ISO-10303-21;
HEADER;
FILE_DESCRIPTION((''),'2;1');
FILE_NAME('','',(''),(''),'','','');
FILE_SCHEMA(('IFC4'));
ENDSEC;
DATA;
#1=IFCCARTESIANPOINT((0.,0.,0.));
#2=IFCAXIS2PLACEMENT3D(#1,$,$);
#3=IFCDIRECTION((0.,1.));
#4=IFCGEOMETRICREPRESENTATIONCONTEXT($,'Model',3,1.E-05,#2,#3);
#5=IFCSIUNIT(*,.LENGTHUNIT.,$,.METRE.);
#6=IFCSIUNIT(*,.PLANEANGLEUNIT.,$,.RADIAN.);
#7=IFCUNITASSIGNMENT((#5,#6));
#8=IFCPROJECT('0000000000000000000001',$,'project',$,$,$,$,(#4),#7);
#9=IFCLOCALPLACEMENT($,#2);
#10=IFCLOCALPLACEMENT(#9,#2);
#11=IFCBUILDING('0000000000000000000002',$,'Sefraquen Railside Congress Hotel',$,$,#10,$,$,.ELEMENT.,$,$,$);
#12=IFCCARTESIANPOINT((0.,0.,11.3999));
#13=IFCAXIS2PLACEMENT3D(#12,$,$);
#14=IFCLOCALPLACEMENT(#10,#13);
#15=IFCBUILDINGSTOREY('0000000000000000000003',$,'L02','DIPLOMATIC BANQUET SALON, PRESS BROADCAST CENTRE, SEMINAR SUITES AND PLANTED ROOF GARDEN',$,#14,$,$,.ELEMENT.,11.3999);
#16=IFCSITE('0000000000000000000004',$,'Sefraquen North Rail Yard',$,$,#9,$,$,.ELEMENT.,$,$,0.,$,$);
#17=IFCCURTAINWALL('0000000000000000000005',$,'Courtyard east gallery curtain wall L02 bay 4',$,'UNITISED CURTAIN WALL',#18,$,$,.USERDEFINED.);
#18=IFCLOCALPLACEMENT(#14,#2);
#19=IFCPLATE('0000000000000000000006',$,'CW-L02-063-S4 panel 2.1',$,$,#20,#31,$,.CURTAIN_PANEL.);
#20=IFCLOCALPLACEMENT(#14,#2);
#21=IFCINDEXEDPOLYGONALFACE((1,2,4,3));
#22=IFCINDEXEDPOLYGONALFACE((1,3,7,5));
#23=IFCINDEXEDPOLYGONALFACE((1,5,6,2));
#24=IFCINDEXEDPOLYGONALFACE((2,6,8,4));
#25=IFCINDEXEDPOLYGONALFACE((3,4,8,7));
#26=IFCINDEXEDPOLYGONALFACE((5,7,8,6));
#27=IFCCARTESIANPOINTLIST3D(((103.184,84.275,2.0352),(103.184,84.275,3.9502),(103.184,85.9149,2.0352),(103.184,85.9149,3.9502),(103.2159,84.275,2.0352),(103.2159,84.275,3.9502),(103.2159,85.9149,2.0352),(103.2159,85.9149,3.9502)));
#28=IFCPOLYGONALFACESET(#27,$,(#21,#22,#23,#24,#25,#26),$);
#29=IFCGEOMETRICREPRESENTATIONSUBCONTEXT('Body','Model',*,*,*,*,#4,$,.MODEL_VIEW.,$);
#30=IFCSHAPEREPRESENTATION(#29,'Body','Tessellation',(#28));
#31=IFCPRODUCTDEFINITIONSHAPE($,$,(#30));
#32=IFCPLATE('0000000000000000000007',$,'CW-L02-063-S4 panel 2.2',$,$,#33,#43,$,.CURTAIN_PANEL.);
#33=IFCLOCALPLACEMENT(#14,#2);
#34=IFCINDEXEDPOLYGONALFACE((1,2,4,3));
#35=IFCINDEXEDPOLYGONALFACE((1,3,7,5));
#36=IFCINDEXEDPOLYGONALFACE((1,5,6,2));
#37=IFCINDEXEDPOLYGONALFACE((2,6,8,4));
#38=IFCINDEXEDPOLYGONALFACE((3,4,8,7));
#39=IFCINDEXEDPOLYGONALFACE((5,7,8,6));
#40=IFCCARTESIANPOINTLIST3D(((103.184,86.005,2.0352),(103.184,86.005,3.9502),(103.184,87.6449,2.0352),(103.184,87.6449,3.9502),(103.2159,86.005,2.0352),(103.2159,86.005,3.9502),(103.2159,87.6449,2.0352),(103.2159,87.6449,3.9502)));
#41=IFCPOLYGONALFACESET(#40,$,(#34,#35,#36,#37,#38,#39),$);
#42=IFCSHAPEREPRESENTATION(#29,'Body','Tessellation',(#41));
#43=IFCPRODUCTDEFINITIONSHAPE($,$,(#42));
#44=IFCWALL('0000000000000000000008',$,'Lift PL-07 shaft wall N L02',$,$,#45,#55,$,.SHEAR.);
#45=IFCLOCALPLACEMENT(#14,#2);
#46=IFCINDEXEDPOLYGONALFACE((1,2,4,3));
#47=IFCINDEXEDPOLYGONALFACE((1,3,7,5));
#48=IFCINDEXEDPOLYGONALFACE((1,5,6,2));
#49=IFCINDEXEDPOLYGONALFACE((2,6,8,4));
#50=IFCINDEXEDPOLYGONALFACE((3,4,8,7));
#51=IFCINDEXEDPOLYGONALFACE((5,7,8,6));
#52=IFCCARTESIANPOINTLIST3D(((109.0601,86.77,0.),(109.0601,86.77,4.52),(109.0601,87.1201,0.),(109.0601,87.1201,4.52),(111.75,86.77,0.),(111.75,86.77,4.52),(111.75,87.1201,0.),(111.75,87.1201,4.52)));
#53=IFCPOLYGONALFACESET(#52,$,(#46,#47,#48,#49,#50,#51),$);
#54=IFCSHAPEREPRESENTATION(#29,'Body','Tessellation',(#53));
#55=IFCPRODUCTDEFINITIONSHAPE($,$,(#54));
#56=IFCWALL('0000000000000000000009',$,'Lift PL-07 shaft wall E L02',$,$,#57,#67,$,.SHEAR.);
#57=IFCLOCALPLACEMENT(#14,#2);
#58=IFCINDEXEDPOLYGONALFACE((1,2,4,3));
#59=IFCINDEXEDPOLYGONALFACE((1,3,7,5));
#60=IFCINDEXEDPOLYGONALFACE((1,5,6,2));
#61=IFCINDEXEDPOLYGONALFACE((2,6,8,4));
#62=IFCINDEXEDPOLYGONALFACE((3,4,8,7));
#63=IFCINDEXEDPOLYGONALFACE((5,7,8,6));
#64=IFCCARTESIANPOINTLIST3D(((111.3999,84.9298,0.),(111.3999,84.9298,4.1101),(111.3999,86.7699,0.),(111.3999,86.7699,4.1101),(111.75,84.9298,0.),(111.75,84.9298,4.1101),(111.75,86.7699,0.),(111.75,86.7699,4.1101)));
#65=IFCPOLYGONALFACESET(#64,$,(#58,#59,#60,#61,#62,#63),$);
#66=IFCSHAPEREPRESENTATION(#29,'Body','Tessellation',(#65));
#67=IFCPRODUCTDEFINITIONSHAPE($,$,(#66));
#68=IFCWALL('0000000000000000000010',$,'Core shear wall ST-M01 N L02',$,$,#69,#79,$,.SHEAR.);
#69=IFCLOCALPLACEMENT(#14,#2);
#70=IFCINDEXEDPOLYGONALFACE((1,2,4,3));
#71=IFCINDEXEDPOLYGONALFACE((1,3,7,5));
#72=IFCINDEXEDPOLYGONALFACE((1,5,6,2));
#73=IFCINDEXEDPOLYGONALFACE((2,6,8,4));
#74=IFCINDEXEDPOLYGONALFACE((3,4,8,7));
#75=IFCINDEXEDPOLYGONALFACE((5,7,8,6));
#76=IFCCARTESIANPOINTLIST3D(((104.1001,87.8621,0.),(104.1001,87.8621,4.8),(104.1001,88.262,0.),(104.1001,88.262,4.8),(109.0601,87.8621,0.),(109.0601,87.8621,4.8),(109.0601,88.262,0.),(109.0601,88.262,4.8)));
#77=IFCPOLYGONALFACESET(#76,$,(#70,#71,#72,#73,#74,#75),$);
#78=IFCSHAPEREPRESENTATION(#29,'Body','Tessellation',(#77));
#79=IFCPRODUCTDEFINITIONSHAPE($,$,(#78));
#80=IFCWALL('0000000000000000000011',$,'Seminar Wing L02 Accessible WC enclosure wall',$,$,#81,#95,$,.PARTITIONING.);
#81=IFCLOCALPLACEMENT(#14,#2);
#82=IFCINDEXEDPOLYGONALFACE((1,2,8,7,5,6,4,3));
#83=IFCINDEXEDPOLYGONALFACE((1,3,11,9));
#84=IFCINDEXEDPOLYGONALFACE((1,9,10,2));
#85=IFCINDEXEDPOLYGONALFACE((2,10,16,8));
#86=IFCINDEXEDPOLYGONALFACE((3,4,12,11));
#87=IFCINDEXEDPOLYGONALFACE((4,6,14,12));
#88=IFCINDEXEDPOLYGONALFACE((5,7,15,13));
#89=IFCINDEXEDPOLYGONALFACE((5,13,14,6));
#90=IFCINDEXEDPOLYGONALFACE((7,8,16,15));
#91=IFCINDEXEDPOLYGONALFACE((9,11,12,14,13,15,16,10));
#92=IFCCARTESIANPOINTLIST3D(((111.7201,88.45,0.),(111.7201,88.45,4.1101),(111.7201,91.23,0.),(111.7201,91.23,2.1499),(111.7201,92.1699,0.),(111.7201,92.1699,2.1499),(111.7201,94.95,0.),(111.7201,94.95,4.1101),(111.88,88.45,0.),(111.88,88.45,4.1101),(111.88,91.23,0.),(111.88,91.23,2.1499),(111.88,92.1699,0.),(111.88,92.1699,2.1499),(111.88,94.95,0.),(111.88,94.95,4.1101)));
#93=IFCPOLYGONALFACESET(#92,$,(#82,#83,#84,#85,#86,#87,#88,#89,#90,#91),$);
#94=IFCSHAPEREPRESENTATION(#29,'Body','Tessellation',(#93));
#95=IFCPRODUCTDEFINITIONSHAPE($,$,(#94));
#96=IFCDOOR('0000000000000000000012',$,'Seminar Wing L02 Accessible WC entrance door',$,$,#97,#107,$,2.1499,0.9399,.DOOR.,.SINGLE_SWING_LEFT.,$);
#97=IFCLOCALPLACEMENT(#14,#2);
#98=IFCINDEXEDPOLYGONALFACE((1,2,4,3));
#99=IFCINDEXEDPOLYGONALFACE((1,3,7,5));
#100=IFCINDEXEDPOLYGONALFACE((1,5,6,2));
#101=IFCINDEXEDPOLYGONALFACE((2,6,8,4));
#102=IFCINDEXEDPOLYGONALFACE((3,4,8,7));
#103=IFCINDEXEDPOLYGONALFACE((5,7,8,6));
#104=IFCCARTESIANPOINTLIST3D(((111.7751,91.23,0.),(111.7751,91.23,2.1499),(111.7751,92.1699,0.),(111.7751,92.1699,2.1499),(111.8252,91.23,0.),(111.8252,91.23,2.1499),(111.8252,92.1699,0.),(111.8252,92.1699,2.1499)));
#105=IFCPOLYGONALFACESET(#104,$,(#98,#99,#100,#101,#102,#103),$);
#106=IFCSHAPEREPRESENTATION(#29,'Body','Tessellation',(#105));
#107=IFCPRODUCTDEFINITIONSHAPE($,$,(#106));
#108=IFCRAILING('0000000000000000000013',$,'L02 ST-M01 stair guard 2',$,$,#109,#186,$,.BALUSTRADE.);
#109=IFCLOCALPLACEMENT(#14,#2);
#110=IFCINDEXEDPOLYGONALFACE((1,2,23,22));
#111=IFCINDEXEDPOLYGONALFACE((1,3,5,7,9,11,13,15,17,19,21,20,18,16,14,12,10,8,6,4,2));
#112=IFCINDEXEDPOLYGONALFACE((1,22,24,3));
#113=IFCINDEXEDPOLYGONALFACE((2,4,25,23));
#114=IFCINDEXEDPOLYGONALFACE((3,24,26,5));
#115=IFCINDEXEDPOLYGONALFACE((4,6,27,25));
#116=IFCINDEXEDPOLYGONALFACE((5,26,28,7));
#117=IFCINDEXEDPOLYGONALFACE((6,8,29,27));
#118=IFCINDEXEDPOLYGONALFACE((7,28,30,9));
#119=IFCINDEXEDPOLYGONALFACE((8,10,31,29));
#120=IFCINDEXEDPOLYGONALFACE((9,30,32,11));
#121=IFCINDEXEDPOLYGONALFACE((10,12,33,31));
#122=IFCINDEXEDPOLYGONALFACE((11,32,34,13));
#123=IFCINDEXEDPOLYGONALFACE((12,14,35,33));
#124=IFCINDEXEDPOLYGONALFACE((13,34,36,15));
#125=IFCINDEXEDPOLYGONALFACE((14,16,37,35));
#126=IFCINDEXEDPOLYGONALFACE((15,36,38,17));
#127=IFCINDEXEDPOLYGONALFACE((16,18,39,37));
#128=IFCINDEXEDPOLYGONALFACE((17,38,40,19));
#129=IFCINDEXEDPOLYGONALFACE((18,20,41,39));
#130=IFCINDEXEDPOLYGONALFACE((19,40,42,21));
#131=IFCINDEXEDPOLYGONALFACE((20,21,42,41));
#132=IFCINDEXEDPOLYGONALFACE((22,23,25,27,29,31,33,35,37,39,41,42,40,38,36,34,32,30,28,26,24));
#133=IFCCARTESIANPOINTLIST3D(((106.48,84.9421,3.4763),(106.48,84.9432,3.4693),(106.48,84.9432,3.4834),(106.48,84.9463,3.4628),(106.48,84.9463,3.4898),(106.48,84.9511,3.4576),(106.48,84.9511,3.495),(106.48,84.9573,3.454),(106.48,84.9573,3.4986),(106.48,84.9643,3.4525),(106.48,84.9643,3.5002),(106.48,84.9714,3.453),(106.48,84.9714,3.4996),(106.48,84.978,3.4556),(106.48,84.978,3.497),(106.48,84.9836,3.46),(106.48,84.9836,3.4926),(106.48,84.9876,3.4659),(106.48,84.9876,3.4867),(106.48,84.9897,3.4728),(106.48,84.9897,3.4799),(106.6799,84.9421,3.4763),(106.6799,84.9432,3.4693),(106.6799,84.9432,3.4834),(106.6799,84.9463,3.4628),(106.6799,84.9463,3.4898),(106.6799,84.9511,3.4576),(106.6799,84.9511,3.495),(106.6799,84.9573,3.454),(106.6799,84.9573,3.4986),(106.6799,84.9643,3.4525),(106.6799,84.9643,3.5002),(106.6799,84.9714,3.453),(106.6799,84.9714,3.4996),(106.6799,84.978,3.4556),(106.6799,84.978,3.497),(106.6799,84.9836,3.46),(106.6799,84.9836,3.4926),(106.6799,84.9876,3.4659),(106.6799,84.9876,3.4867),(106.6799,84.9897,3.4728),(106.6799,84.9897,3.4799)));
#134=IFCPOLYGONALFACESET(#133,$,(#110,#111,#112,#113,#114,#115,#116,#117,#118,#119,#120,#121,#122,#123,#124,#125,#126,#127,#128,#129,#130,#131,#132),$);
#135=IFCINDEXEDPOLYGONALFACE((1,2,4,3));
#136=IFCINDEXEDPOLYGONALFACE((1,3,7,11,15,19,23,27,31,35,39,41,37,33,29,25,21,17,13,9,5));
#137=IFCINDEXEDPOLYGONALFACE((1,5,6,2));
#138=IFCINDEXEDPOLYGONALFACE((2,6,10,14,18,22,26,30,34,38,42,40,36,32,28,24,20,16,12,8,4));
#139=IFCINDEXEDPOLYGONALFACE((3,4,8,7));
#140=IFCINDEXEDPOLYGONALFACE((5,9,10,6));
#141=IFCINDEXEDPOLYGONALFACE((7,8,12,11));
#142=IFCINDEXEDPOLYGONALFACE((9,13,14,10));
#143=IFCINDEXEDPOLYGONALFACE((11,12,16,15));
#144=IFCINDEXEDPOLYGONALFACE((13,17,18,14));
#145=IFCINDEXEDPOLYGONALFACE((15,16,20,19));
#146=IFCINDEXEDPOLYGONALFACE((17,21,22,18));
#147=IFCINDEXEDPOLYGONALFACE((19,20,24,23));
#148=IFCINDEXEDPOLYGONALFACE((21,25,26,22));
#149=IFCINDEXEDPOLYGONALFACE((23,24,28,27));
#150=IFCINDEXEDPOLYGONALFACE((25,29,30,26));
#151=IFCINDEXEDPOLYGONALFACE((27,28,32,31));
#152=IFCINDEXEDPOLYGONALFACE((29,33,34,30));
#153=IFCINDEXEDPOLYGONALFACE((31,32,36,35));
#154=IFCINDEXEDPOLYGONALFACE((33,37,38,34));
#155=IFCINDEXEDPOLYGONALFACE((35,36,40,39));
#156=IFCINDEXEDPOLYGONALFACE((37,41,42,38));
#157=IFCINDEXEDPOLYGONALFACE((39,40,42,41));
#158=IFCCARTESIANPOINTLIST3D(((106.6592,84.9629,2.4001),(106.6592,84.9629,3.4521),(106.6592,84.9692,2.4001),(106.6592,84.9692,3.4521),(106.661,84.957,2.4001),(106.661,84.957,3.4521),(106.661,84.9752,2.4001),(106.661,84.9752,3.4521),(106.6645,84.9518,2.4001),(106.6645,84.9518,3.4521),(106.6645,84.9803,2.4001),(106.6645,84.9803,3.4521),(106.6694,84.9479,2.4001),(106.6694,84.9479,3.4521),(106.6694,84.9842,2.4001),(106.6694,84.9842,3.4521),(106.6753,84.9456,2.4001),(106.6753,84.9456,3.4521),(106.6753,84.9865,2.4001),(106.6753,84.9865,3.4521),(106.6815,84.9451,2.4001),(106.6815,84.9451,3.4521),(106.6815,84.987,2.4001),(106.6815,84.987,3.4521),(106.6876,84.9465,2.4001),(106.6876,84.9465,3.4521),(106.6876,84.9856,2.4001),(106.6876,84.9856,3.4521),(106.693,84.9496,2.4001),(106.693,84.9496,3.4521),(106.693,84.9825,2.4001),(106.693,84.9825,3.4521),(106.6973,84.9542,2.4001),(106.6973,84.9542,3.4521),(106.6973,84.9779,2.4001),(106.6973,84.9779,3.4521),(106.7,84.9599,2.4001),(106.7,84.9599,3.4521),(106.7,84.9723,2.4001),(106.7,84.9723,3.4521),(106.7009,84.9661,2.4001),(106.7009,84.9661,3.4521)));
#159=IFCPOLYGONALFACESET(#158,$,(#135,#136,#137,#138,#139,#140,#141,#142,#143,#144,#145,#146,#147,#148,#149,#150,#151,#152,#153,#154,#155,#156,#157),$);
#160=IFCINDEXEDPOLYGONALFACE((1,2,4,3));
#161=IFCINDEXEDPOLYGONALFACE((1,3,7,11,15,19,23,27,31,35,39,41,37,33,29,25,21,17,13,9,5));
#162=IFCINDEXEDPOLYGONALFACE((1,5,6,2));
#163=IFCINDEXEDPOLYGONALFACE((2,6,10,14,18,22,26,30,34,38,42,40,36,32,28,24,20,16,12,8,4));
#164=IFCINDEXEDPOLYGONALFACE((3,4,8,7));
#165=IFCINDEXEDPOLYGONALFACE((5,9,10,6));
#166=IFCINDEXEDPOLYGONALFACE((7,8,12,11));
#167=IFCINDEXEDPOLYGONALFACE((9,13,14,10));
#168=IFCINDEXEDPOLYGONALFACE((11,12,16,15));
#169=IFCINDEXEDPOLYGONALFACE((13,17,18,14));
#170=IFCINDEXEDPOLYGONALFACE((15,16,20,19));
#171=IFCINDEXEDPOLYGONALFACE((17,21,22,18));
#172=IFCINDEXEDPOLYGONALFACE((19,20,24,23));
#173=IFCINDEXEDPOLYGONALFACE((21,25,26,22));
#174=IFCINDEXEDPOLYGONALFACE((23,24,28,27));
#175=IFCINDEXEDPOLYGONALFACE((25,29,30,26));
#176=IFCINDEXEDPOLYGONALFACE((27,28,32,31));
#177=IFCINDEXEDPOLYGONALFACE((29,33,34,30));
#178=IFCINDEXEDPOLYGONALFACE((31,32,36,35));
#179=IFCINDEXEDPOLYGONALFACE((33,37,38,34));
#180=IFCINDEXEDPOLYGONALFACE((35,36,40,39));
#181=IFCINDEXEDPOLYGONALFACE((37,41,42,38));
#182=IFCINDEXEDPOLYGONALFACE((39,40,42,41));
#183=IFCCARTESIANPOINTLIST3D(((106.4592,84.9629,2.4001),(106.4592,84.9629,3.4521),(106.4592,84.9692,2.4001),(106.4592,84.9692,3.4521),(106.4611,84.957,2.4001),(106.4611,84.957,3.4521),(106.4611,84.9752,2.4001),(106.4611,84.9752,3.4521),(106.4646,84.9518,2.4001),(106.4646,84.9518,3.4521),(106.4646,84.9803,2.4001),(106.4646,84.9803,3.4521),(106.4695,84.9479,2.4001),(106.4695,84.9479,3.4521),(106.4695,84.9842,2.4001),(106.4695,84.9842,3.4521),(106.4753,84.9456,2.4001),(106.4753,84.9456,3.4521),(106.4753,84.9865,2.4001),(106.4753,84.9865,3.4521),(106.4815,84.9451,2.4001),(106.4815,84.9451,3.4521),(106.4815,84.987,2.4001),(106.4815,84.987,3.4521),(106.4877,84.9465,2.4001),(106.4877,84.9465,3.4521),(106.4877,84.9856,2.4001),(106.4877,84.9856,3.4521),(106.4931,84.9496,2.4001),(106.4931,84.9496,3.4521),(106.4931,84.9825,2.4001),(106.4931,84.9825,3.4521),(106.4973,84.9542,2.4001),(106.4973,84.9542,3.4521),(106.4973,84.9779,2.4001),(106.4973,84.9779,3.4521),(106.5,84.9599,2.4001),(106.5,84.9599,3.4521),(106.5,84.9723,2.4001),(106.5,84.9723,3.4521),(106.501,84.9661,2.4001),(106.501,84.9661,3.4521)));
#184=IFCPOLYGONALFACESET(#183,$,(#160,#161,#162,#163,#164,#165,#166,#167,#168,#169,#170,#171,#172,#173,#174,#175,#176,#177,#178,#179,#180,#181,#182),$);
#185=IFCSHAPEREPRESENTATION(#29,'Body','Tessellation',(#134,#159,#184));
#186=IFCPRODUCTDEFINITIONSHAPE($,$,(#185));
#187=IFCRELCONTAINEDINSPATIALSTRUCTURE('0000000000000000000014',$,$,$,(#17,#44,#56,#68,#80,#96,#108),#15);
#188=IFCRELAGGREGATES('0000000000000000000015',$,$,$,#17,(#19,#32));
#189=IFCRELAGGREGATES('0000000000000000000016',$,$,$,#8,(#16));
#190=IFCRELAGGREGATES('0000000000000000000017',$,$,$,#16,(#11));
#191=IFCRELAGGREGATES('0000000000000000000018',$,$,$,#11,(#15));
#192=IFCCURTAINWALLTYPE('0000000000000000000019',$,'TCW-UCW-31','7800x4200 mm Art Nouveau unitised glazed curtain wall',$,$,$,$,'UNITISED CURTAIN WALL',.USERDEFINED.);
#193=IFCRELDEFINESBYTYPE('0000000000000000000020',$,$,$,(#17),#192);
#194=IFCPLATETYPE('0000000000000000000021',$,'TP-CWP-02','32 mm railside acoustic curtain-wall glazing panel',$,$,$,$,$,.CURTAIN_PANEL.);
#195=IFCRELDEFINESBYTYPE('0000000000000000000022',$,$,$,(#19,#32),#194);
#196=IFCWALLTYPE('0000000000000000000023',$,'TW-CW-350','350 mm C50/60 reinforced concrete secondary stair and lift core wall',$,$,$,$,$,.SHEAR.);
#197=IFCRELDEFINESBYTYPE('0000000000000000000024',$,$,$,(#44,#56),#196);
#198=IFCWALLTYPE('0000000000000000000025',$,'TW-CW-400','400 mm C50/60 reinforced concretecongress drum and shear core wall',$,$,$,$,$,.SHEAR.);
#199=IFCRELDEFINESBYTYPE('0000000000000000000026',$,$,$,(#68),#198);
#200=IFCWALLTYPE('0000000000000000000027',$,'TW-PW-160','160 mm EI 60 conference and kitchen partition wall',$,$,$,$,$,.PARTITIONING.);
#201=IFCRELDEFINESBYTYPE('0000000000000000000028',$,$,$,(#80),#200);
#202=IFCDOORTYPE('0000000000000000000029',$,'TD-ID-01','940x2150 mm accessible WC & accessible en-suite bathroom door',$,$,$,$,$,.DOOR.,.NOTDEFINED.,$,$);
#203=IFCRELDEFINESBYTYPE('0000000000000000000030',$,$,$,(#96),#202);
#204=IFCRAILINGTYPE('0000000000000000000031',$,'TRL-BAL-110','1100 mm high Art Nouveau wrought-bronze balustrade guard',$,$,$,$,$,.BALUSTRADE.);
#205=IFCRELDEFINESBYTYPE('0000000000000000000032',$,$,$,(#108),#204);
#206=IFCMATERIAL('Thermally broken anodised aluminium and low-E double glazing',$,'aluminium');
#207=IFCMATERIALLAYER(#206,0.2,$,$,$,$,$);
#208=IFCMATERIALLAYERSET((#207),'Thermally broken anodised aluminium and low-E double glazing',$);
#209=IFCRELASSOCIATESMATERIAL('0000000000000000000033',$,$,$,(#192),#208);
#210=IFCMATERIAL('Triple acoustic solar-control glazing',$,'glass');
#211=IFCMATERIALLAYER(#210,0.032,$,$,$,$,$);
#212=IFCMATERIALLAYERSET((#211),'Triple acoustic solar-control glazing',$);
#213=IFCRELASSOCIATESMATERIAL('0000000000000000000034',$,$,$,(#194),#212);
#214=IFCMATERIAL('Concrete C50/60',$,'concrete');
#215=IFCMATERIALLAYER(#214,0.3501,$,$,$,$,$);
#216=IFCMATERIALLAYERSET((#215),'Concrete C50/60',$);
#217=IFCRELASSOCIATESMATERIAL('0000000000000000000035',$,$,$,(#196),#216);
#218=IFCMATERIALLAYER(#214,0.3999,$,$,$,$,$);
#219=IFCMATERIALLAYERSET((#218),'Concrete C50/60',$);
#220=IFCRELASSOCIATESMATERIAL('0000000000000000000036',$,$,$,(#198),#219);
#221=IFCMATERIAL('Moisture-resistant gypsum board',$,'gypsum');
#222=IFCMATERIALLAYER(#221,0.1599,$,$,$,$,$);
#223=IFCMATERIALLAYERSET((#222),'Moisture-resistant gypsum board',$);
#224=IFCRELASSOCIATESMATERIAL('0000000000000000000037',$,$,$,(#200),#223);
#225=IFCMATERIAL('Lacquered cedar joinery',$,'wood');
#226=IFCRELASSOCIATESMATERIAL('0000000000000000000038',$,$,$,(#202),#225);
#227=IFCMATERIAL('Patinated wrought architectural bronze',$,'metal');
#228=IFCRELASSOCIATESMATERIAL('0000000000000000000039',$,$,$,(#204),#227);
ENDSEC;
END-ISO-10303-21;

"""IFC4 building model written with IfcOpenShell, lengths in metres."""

from ifc_helpers import new_model, si_unit, direction, frame, frame_2d, origin, origin_2d, place, context, subcontext, project, spatial, rectangle, circle, extrude, material, layer, layer_set, type_object, element, fill, aggregate, save


model = new_model("IFC4")

# Units and contexts
model_context = context("Model", 3, precision=1e-05, world=origin(), true_north=direction((0.0, 1.0)))
body_context = subcontext(model_context, "Body", "Model", "MODEL_VIEW")
ifc_project = project(units=[si_unit("LENGTHUNIT", "METRE"), si_unit("PLANEANGLEUNIT", "RADIAN")], contexts=[model_context])

# Site, building, storey
site_placement = place(None, origin())
site = spatial("IfcSite", under=ifc_project, at=site_placement, Name="Sefraquen North Rail Yard", CompositionType="ELEMENT", RefElevation=0.0)
building_placement = place(site_placement, origin())
building = spatial("IfcBuilding", under=site, at=building_placement, Name="Sefraquen Railside Congress Hotel", CompositionType="ELEMENT")
storey_placement = place(building_placement, frame((0.0, 0.0, 11.3999)))
storey = spatial("IfcBuildingStorey", under=building, at=storey_placement, Name="L02", Description="DIPLOMATIC BANQUET SALON, PRESS BROADCAST CENTRE, SEMINAR SUITES AND PLANTED ROOF GARDEN", CompositionType="ELEMENT", Elevation=11.3999)

# Curtain wall, plates
ifc_material_1 = material(Name="Thermally broken anodised aluminium and low-E double glazing", Category="aluminium")
ifc_layer_1 = layer(ifc_material_1, 0.2)
ifc_layer_set_1 = layer_set([ifc_layer_1], Name="Thermally broken anodised aluminium and low-E double glazing")
curtain_wall_type = type_object("IfcCurtainWallType", Name="TCW-UCW-31", Description="7800x4200 mm Art Nouveau unitised glazed curtain wall", ElementType="UNITISED CURTAIN WALL", PredefinedType="USERDEFINED", material=ifc_layer_set_1)
curtain_wall_placement = place(storey_placement, origin())
curtain_wall = element("IfcCurtainWall", 1, at=curtain_wall_placement, inside=storey, type_object=curtain_wall_type, Name="Courtyard east gallery curtain wall L02 bay 4", ObjectType="UNITISED CURTAIN WALL", PredefinedType="USERDEFINED")
ifc_material_2 = material(Name="Triple acoustic solar-control glazing", Category="glass")
ifc_layer_2 = layer(ifc_material_2, 0.032)
ifc_layer_set_2 = layer_set([ifc_layer_2], Name="Triple acoustic solar-control glazing")
plate_type_1 = type_object("IfcPlateType", Name="TP-CWP-02", Description="32 mm railside acoustic curtain-wall glazing panel", PredefinedType="CURTAIN_PANEL", material=ifc_layer_set_2)
plate_1_placement = place(storey_placement, frame((103.2, 85.095, 2.0352), z_axis=(0.0, 0.0, 1.0), x_axis=(0.0, 1.0, 0.0)))
plate_1 = element("IfcPlate", 2, at=plate_1_placement, type_object=plate_type_1, Name="CW-L02-063-S4 panel 2.1", PredefinedType="CURTAIN_PANEL", context=body_context, shape_type="SweptSolid", body=[
    extrude(rectangle(XDim=1.6399, YDim=0.032, at=origin_2d()), origin(), (0.0, 0.0, 1.0), 1.915),
])
plate_2_placement = place(storey_placement, frame((103.2, 86.825, 2.0352), z_axis=(0.0, 0.0, 1.0), x_axis=(0.0, 1.0, 0.0)))
plate_2 = element("IfcPlate", 3, at=plate_2_placement, type_object=plate_type_1, Name="CW-L02-063-S4 panel 2.2", PredefinedType="CURTAIN_PANEL", context=body_context, shape_type="SweptSolid", body=[
    extrude(rectangle(XDim=1.6399, YDim=0.032, at=origin_2d()), origin(), (0.0, 0.0, 1.0), 1.915),
])
aggregate(curtain_wall, [plate_1, plate_2])

# Walls
ifc_material_3 = material(Name="Concrete C50/60", Category="concrete")
ifc_layer_3 = layer(ifc_material_3, 0.3501)
ifc_layer_set_3 = layer_set([ifc_layer_3], Name="Concrete C50/60")
wall_type_1 = type_object("IfcWallType", Name="TW-CW-350", Description="350 mm C50/60 reinforced concrete secondary stair and lift core wall", PredefinedType="SHEAR", material=ifc_layer_set_3)
wall_1_placement = place(storey_placement, frame((109.0601, 86.9451, 0.0), z_axis=(0.0, 0.0, 1.0), x_axis=(1.0, 0.0, 0.0)))
element("IfcWall", 4, at=wall_1_placement, inside=storey, type_object=wall_type_1, Name="Lift PL-07 shaft wall N L02", PredefinedType="SHEAR", context=body_context, shape_type="SweptSolid", body=[
    extrude(rectangle(XDim=2.6899, YDim=0.3501, at=frame_2d((1.345, 0.0))), origin(), (0.0, 0.0, 1.0), 4.52),
])
wall_2_placement = place(storey_placement, frame((111.575, 84.9299, 0.0), z_axis=(0.0, 0.0, 1.0), x_axis=(0.0, 1.0, 0.0)))
element("IfcWall", 5, at=wall_2_placement, inside=storey, type_object=wall_type_1, Name="Lift PL-07 shaft wall E L02", PredefinedType="SHEAR", context=body_context, shape_type="SweptSolid", body=[
    extrude(rectangle(XDim=1.8401, YDim=0.3501, at=frame_2d((0.9199, 0.0))), origin(), (0.0, 0.0, 1.0), 4.1101),
])
ifc_layer_4 = layer(ifc_material_3, 0.3999)
ifc_layer_set_4 = layer_set([ifc_layer_4], Name="Concrete C50/60")
wall_type_2 = type_object("IfcWallType", Name="TW-CW-400", Description="400 mm C50/60 reinforced concretecongress drum and shear core wall", PredefinedType="SHEAR", material=ifc_layer_set_4)
wall_3_placement = place(storey_placement, frame((104.1001, 88.062, 0.0), z_axis=(0.0, 0.0, 1.0), x_axis=(1.0, 0.0, 0.0)))
element("IfcWall", 6, at=wall_3_placement, inside=storey, type_object=wall_type_2, Name="Core shear wall ST-M01 N L02", PredefinedType="SHEAR", context=body_context, shape_type="SweptSolid", body=[
    extrude(rectangle(XDim=4.96, YDim=0.3999, at=frame_2d((2.48, 0.0))), origin(), (0.0, 0.0, 1.0), 4.8),
])

# Wall, opening, door
ifc_material_4 = material(Name="Moisture-resistant gypsum board", Category="gypsum")
ifc_layer_5 = layer(ifc_material_4, 0.1599)
ifc_layer_set_5 = layer_set([ifc_layer_5], Name="Moisture-resistant gypsum board")
wall_type_3 = type_object("IfcWallType", Name="TW-PW-160", Description="160 mm EI 60 conference and kitchen partition wall", PredefinedType="PARTITIONING", material=ifc_layer_set_5)
wall_4_placement = place(storey_placement, frame((111.8, 88.45, 0.0), z_axis=(0.0, 0.0, 1.0), x_axis=(0.0, 1.0, 0.0)))
wall_4 = element("IfcWall", 7, at=wall_4_placement, inside=storey, type_object=wall_type_3, Name="Seminar Wing L02 Accessible WC enclosure wall", PredefinedType="PARTITIONING", context=body_context, shape_type="SweptSolid", body=[
    extrude(rectangle(XDim=6.5, YDim=0.1599, at=frame_2d((3.25, 0.0))), origin(), (0.0, 0.0, 1.0), 4.1101),
])
opening_placement = place(wall_4_placement, frame((2.78, 0.0, 0.0)))
opening = element("IfcOpeningElement", 8, at=opening_placement, cuts=wall_4, PredefinedType="OPENING", context=body_context, shape_type="SweptSolid", body=[
    extrude(rectangle(XDim=0.9399, YDim=2.1499, at=frame_2d((0.47, 1.075))), frame((0.0, 0.0898, 0.0), z_axis=(0.0, -1.0, 0.0), x_axis=(1.0, 0.0, 0.0)), (0.0, 0.0, 1.0), 0.1799),
])
ifc_material_5 = material(Name="Lacquered cedar joinery", Category="wood")
door_type = type_object("IfcDoorType", Name="TD-ID-01", Description="940x2150 mm accessible WC & accessible en-suite bathroom door", OperationType="NOTDEFINED", PredefinedType="DOOR", material=ifc_material_5)
door_placement = place(opening_placement, origin())
door = element("IfcDoor", 9, at=door_placement, inside=storey, type_object=door_type, Name="Seminar Wing L02 Accessible WC entrance door", OperationType="SINGLE_SWING_LEFT", OverallHeight=2.1499, OverallWidth=0.9399, PredefinedType="DOOR", context=body_context, shape_type="SweptSolid", body=[
    extrude(rectangle(XDim=0.9399, YDim=2.1499, at=frame_2d((0.47, 1.075))), frame((0.0, 0.0249, 0.0), z_axis=(0.0, -1.0, 0.0), x_axis=(1.0, 0.0, 0.0)), (0.0, 0.0, 1.0), 0.05),
])
fill(opening, door)

# Railing
ifc_material_6 = material(Name="Patinated wrought architectural bronze", Category="metal")
railing_type = type_object("IfcRailingType", Name="TRL-BAL-110", Description="1100 mm high Art Nouveau wrought-bronze balustrade guard", PredefinedType="BALUSTRADE", material=ifc_material_6)
railing_1_placement = place(storey_placement, frame((106.6799, 84.9661, 2.4001)))
element("IfcRailing", 10, at=railing_1_placement, inside=storey, type_object=railing_type, Name="L02 ST-M01 stair guard 2", PredefinedType="BALUSTRADE", context=body_context, shape_type="SweptSolid", body=[
    extrude(circle(Radius=0.0239, at=origin_2d()), frame((0.0, 0.0, 1.0762), z_axis=(-1.0, 0.0, 0.0), x_axis=(0.0, -1.0, 0.0)), (0.0, 0.0, 1.0), 0.2),
    extrude(circle(Radius=0.021, at=origin_2d()), origin(), (0.0, 0.0, 1.0), 1.052),
    extrude(circle(Radius=0.021, at=origin_2d()), frame((-0.2, 0.0, 0.0)), (0.0, 0.0, 1.0), 1.052),
])

save(model, "model.ifc")
